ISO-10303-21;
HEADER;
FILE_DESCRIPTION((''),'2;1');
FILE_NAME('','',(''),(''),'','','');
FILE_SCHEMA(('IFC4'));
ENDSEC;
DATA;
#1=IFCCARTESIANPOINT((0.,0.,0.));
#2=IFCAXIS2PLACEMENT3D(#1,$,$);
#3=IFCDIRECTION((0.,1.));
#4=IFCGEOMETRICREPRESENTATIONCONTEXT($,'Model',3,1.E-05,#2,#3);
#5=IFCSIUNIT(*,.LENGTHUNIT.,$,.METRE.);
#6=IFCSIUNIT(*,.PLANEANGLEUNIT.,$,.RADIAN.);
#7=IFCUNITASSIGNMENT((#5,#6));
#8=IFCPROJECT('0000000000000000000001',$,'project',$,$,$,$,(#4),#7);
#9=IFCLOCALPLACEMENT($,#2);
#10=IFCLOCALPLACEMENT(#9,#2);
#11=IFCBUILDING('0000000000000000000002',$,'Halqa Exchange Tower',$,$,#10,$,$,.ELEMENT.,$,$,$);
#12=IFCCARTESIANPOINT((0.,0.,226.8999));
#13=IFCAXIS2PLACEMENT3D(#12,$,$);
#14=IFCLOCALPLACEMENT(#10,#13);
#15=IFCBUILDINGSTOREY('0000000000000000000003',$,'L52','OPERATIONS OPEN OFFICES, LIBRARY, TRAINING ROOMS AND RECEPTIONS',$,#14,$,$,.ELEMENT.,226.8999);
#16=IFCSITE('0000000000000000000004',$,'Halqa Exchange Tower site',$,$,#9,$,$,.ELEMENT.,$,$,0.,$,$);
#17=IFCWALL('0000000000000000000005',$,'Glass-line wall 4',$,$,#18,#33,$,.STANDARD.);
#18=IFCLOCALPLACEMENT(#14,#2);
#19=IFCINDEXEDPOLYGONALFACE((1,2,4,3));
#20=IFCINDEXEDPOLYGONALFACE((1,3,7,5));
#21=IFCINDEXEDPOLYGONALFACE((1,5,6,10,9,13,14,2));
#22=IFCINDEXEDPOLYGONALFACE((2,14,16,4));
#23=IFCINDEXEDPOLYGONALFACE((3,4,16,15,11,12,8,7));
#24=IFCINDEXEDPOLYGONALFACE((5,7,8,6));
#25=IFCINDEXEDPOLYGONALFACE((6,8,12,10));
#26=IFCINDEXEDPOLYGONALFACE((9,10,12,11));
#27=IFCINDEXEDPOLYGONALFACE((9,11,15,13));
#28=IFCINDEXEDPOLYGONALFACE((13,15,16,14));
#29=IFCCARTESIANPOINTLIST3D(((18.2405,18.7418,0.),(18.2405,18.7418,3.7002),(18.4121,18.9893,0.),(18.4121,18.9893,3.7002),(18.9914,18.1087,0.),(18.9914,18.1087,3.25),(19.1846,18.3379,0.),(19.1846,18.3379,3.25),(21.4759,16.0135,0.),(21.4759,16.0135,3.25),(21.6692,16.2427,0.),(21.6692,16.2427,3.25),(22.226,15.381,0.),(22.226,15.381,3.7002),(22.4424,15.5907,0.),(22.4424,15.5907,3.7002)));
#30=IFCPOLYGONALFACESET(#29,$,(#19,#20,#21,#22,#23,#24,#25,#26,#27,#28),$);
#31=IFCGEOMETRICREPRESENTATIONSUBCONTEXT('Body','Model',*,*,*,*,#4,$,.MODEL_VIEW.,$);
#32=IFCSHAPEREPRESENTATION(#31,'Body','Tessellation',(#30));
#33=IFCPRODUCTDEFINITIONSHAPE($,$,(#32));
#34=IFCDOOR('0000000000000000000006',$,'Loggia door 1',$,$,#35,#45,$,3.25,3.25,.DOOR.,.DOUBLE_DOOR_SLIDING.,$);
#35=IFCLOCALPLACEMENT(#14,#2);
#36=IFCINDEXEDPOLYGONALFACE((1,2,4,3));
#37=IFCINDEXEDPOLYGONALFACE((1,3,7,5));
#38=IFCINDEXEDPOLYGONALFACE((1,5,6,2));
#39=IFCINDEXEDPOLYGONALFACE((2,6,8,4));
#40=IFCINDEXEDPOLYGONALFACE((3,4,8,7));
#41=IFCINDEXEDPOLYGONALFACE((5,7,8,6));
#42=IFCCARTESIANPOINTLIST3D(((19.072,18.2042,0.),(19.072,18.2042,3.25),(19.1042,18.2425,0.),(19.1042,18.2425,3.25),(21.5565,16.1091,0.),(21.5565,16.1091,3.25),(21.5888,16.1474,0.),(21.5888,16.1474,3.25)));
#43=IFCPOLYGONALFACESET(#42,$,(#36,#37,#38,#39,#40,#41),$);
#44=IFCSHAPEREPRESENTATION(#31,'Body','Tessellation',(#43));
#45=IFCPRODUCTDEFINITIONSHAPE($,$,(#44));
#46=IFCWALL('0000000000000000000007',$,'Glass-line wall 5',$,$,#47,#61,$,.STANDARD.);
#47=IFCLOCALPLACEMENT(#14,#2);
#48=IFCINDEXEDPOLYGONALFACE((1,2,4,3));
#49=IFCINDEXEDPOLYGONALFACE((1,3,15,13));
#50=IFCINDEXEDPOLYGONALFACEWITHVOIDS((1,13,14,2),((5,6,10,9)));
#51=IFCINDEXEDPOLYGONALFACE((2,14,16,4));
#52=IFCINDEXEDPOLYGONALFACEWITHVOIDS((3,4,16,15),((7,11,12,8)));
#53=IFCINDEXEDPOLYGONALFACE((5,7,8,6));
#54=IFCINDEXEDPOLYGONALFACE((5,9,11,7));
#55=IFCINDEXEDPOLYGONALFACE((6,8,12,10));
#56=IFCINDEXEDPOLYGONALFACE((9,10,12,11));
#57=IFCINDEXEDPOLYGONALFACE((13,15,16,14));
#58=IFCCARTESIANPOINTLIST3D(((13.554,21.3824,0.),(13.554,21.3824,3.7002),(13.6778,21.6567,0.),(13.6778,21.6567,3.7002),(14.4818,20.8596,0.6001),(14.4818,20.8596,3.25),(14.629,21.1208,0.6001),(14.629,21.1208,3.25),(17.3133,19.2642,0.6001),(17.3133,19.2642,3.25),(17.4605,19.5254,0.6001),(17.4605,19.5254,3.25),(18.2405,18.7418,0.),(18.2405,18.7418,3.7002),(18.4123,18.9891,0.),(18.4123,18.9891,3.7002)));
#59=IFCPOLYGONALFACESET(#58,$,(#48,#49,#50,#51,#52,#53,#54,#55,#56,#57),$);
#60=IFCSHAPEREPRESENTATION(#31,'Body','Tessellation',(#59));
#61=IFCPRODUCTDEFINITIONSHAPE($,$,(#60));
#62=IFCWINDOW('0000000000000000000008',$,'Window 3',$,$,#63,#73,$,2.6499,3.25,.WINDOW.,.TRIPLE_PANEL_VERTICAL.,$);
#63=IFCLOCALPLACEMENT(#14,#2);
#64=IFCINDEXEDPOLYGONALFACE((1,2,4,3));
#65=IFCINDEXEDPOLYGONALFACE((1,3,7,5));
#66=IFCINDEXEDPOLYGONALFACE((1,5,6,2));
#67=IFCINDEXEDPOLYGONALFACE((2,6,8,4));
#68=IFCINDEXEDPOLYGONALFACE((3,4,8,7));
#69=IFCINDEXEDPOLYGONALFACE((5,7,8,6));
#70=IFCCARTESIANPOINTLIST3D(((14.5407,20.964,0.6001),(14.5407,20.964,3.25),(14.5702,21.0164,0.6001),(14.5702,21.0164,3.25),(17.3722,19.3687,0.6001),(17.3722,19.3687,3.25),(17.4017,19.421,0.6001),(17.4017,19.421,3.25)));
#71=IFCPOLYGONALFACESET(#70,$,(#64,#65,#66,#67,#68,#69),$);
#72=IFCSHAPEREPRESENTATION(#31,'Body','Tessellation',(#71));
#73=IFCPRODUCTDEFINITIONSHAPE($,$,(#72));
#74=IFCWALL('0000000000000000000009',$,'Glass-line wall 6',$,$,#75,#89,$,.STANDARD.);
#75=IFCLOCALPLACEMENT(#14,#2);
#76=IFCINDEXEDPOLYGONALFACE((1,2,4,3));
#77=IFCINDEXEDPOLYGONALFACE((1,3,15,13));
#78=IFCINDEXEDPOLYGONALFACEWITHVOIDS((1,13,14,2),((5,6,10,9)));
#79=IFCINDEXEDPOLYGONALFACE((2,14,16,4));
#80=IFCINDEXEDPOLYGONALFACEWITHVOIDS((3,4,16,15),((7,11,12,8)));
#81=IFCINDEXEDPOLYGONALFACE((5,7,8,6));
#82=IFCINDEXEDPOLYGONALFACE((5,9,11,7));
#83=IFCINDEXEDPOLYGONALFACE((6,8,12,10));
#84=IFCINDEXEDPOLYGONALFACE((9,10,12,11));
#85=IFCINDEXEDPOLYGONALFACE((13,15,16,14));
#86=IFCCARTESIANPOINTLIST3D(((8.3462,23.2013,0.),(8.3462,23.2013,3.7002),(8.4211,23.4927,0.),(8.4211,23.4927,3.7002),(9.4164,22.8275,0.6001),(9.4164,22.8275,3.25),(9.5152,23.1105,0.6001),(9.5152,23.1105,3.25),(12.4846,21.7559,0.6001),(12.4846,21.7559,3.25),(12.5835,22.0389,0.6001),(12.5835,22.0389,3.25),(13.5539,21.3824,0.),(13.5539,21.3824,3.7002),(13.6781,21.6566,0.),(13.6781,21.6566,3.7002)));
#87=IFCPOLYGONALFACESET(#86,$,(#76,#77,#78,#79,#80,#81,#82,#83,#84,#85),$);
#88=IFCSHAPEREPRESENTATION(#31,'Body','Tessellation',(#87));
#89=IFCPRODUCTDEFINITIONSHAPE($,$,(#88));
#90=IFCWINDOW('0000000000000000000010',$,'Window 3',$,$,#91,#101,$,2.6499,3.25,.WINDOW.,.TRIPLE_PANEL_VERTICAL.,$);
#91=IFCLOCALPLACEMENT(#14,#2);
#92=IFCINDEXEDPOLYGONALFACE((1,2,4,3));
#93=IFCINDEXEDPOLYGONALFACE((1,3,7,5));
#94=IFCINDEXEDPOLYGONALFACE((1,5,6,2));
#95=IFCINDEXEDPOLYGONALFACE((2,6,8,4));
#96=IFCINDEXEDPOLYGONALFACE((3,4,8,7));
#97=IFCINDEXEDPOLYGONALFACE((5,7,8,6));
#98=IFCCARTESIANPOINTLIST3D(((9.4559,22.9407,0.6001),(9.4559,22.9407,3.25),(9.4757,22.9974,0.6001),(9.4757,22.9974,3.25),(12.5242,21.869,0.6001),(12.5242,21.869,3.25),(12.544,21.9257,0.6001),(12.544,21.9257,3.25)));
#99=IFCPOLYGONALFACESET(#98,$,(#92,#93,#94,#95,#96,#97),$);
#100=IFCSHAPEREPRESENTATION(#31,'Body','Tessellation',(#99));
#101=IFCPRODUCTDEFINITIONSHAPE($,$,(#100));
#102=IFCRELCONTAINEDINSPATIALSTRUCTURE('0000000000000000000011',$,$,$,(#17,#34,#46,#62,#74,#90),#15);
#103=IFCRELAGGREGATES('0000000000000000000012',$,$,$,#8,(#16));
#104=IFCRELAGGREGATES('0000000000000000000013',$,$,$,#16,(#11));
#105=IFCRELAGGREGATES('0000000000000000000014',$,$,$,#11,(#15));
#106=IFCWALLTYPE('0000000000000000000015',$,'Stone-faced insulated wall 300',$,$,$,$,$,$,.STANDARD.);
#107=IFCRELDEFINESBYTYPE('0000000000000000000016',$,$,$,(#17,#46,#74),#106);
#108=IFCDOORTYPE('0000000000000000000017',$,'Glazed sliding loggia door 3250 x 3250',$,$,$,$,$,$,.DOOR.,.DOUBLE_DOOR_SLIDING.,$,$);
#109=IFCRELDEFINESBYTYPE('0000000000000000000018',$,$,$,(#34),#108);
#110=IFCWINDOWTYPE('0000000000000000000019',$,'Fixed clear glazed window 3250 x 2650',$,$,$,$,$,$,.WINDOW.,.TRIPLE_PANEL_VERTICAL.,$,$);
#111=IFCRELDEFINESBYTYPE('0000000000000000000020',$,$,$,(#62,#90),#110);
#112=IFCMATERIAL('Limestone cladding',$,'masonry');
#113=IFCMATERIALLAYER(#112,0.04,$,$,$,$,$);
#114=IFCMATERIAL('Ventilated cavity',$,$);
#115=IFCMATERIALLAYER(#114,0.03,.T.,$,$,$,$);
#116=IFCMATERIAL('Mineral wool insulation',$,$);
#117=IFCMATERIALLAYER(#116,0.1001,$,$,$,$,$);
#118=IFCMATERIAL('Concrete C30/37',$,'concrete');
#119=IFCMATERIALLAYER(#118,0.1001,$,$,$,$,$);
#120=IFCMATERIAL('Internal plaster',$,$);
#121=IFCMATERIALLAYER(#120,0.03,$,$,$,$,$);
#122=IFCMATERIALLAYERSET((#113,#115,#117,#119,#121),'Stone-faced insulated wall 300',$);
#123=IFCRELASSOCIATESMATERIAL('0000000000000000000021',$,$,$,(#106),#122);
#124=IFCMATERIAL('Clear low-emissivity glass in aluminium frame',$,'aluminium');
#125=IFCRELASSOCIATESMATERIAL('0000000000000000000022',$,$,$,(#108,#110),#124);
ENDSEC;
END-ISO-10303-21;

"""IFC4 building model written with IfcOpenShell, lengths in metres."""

from ifc_helpers import new_model, si_unit, direction, frame, frame_2d, origin, place, context, subcontext, project, spatial, polyline, rectangle, outline, extrude, material, layer, layer_set, type_object, element, fill, save


model = new_model("IFC4")

# Units and contexts
model_context = context("Model", 3, precision=1e-05, world=origin(), true_north=direction((0.0, 1.0)))
body_context = subcontext(model_context, "Body", "Model", "MODEL_VIEW")
ifc_project = project(units=[si_unit("LENGTHUNIT", "METRE"), si_unit("PLANEANGLEUNIT", "RADIAN")], contexts=[model_context])

# Site, building, storey
site_placement = place(None, origin())
site = spatial("IfcSite", under=ifc_project, at=site_placement, Name="Halqa Exchange Tower site", CompositionType="ELEMENT", RefElevation=0.0)
building_placement = place(site_placement, origin())
building = spatial("IfcBuilding", under=site, at=building_placement, Name="Halqa Exchange Tower", CompositionType="ELEMENT")
storey_placement = place(building_placement, frame((0.0, 0.0, 226.8999)))
storey = spatial("IfcBuildingStorey", under=building, at=storey_placement, Name="L52", Description="OPERATIONS OPEN OFFICES, LIBRARY, TRAINING ROOMS AND RECEPTIONS", CompositionType="ELEMENT", Elevation=226.8999)

# Wall, opening, door
ifc_material_1 = material(Name="Limestone cladding", Category="masonry")
ifc_layer_1 = layer(ifc_material_1, 0.04)
ifc_material_2 = material(Name="Ventilated cavity")
ifc_layer_2 = layer(ifc_material_2, 0.03, ventilated=True)
ifc_material_3 = material(Name="Mineral wool insulation")
ifc_layer_3 = layer(ifc_material_3, 0.1001)
ifc_material_4 = material(Name="Concrete C30/37", Category="concrete")
ifc_layer_4 = layer(ifc_material_4, 0.1001)
ifc_material_5 = material(Name="Internal plaster")
ifc_layer_5 = layer(ifc_material_5, 0.03)
ifc_layer_set_1 = layer_set([ifc_layer_1, ifc_layer_2, ifc_layer_3, ifc_layer_4, ifc_layer_5], Name="Stone-faced insulated wall 300")
wall_type_1 = type_object("IfcWallType", Name="Stone-faced insulated wall 300", PredefinedType="STANDARD", material=ifc_layer_set_1)
wall_1_placement = place(storey_placement, frame((22.3342, 15.4858, 0.0), z_axis=(0.0, 0.0, 1.0), x_axis=(-0.764475, 0.644653, 0.0)))
wall_1 = element("IfcWall", 1, at=wall_1_placement, inside=storey, type_object=wall_type_1, Name="Glass-line wall 4", PredefinedType="STANDARD", context=body_context, shape_type="SweptSolid", body=[
    extrude(outline(polyline([(-0.0151, -0.1499), (5.2568, -0.1499), (5.2285, 0.1499), (0.0151, 0.1499), (-0.0151, -0.1499)])), origin(), (0.0, 0.0, 1.0), 3.7002),
])
opening_1_placement = place(wall_1_placement, frame((0.9963, 0.0, 0.0)))
opening_1 = element("IfcOpeningElement", 2, at=opening_1_placement, cuts=wall_1, PredefinedType="OPENING", context=body_context, shape_type="SweptSolid", body=[
    extrude(rectangle(XDim=3.25, YDim=3.25, at=frame_2d((1.625, 1.625))), frame((0.0, 0.1621, 0.0), z_axis=(0.0, -1.0, 0.0), x_axis=(1.0, 0.0, 0.0)), (0.0, 0.0, 1.0), 0.324),
])
ifc_material_6 = material(Name="Clear low-emissivity glass in aluminium frame", Category="aluminium")
door_type = type_object("IfcDoorType", Name="Glazed sliding loggia door 3250 x 3250", OperationType="DOUBLE_DOOR_SLIDING", PredefinedType="DOOR", material=ifc_material_6)
door_placement = place(opening_1_placement, origin())
door = element("IfcDoor", 3, at=door_placement, inside=storey, type_object=door_type, Name="Loggia door 1", OperationType="DOUBLE_DOOR_SLIDING", OverallHeight=3.25, OverallWidth=3.25, PredefinedType="DOOR", context=body_context, shape_type="SweptSolid", body=[
    extrude(rectangle(XDim=3.25, YDim=3.25, at=frame_2d((1.625, 1.625))), frame((0.0, 0.0249, 0.0), z_axis=(0.0, -1.0, 0.0), x_axis=(1.0, 0.0, 0.0)), (0.0, 0.0, 1.0), 0.05),
])
fill(opening_1, door)

# Walls, openings, windows
wall_2_placement = place(storey_placement, frame((18.3264, 18.8655, 0.0), z_axis=(0.0, 0.0, 1.0), x_axis=(-0.871226, 0.490883, 0.0)))
wall_2 = element("IfcWall", 4, at=wall_2_placement, inside=storey, type_object=wall_type_1, Name="Glass-line wall 5", PredefinedType="STANDARD", context=body_context, shape_type="SweptSolid", body=[
    extrude(outline(polyline([(-0.0142, -0.1499), (5.4202, -0.1499), (5.3933, 0.1499), (0.0142, 0.1499), (-0.0142, -0.1499)])), origin(), (0.0, 0.0, 1.0), 3.7002),
])
opening_2_placement = place(wall_2_placement, frame((1.0784, 0.0, 0.6001)))
opening_2 = element("IfcOpeningElement", 5, at=opening_2_placement, cuts=wall_2, PredefinedType="OPENING", context=body_context, shape_type="SweptSolid", body=[
    extrude(rectangle(XDim=3.25, YDim=2.6499, at=frame_2d((1.625, 1.325))), frame((0.0, 0.1621, 0.0), z_axis=(0.0, -1.0, 0.0), x_axis=(1.0, 0.0, 0.0)), (0.0, 0.0, 1.0), 0.324),
])
window_type = type_object("IfcWindowType", Name="Fixed clear glazed window 3250 x 2650", PartitioningType="TRIPLE_PANEL_VERTICAL", PredefinedType="WINDOW", material=ifc_material_6)
window_1_placement = place(opening_2_placement, origin())
window_1 = element("IfcWindow", 6, at=window_1_placement, inside=storey, type_object=window_type, Name="Window 3", OverallHeight=2.6499, OverallWidth=3.25, PartitioningType="TRIPLE_PANEL_VERTICAL", PredefinedType="WINDOW", context=body_context, shape_type="SweptSolid", body=[
    extrude(rectangle(XDim=3.25, YDim=2.6499, at=frame_2d((1.625, 1.325))), frame((0.0, 0.03, 0.0), z_axis=(0.0, -1.0, 0.0), x_axis=(1.0, 0.0, 0.0)), (0.0, 0.0, 1.0), 0.0601),
])
fill(opening_2, window_1)
wall_3_placement = place(storey_placement, frame((13.616, 21.5195, 0.0), z_axis=(0.0, 0.0, 1.0), x_axis=(-0.944076, 0.329728, 0.0)))
wall_3 = element("IfcWall", 7, at=wall_3_placement, inside=storey, type_object=wall_type_1, Name="Glass-line wall 6", PredefinedType="STANDARD", context=body_context, shape_type="SweptSolid", body=[
    extrude(outline(polyline([(-0.0134, -0.1499), (5.5549, -0.1499), (5.5295, 0.1499), (0.0134, 0.1499), (-0.0134, -0.1499)])), origin(), (0.0, 0.0, 1.0), 3.7002),
])
opening_3_placement = place(wall_3_placement, frame((1.146, 0.0, 0.6001)))
opening_3 = element("IfcOpeningElement", 8, at=opening_3_placement, cuts=wall_3, PredefinedType="OPENING", context=body_context, shape_type="SweptSolid", body=[
    extrude(rectangle(XDim=3.25, YDim=2.6499, at=frame_2d((1.625, 1.325))), frame((0.0, 0.1621, 0.0), z_axis=(0.0, -1.0, 0.0), x_axis=(1.0, 0.0, 0.0)), (0.0, 0.0, 1.0), 0.324),
])
window_2_placement = place(opening_3_placement, origin())
window_2 = element("IfcWindow", 9, at=window_2_placement, inside=storey, type_object=window_type, Name="Window 3", OverallHeight=2.6499, OverallWidth=3.25, PartitioningType="TRIPLE_PANEL_VERTICAL", PredefinedType="WINDOW", context=body_context, shape_type="SweptSolid", body=[
    extrude(rectangle(XDim=3.25, YDim=2.6499, at=frame_2d((1.625, 1.325))), frame((0.0, 0.03, 0.0), z_axis=(0.0, -1.0, 0.0), x_axis=(1.0, 0.0, 0.0)), (0.0, 0.0, 1.0), 0.0601),
])
fill(opening_3, window_2)

save(model, "model.ifc")
